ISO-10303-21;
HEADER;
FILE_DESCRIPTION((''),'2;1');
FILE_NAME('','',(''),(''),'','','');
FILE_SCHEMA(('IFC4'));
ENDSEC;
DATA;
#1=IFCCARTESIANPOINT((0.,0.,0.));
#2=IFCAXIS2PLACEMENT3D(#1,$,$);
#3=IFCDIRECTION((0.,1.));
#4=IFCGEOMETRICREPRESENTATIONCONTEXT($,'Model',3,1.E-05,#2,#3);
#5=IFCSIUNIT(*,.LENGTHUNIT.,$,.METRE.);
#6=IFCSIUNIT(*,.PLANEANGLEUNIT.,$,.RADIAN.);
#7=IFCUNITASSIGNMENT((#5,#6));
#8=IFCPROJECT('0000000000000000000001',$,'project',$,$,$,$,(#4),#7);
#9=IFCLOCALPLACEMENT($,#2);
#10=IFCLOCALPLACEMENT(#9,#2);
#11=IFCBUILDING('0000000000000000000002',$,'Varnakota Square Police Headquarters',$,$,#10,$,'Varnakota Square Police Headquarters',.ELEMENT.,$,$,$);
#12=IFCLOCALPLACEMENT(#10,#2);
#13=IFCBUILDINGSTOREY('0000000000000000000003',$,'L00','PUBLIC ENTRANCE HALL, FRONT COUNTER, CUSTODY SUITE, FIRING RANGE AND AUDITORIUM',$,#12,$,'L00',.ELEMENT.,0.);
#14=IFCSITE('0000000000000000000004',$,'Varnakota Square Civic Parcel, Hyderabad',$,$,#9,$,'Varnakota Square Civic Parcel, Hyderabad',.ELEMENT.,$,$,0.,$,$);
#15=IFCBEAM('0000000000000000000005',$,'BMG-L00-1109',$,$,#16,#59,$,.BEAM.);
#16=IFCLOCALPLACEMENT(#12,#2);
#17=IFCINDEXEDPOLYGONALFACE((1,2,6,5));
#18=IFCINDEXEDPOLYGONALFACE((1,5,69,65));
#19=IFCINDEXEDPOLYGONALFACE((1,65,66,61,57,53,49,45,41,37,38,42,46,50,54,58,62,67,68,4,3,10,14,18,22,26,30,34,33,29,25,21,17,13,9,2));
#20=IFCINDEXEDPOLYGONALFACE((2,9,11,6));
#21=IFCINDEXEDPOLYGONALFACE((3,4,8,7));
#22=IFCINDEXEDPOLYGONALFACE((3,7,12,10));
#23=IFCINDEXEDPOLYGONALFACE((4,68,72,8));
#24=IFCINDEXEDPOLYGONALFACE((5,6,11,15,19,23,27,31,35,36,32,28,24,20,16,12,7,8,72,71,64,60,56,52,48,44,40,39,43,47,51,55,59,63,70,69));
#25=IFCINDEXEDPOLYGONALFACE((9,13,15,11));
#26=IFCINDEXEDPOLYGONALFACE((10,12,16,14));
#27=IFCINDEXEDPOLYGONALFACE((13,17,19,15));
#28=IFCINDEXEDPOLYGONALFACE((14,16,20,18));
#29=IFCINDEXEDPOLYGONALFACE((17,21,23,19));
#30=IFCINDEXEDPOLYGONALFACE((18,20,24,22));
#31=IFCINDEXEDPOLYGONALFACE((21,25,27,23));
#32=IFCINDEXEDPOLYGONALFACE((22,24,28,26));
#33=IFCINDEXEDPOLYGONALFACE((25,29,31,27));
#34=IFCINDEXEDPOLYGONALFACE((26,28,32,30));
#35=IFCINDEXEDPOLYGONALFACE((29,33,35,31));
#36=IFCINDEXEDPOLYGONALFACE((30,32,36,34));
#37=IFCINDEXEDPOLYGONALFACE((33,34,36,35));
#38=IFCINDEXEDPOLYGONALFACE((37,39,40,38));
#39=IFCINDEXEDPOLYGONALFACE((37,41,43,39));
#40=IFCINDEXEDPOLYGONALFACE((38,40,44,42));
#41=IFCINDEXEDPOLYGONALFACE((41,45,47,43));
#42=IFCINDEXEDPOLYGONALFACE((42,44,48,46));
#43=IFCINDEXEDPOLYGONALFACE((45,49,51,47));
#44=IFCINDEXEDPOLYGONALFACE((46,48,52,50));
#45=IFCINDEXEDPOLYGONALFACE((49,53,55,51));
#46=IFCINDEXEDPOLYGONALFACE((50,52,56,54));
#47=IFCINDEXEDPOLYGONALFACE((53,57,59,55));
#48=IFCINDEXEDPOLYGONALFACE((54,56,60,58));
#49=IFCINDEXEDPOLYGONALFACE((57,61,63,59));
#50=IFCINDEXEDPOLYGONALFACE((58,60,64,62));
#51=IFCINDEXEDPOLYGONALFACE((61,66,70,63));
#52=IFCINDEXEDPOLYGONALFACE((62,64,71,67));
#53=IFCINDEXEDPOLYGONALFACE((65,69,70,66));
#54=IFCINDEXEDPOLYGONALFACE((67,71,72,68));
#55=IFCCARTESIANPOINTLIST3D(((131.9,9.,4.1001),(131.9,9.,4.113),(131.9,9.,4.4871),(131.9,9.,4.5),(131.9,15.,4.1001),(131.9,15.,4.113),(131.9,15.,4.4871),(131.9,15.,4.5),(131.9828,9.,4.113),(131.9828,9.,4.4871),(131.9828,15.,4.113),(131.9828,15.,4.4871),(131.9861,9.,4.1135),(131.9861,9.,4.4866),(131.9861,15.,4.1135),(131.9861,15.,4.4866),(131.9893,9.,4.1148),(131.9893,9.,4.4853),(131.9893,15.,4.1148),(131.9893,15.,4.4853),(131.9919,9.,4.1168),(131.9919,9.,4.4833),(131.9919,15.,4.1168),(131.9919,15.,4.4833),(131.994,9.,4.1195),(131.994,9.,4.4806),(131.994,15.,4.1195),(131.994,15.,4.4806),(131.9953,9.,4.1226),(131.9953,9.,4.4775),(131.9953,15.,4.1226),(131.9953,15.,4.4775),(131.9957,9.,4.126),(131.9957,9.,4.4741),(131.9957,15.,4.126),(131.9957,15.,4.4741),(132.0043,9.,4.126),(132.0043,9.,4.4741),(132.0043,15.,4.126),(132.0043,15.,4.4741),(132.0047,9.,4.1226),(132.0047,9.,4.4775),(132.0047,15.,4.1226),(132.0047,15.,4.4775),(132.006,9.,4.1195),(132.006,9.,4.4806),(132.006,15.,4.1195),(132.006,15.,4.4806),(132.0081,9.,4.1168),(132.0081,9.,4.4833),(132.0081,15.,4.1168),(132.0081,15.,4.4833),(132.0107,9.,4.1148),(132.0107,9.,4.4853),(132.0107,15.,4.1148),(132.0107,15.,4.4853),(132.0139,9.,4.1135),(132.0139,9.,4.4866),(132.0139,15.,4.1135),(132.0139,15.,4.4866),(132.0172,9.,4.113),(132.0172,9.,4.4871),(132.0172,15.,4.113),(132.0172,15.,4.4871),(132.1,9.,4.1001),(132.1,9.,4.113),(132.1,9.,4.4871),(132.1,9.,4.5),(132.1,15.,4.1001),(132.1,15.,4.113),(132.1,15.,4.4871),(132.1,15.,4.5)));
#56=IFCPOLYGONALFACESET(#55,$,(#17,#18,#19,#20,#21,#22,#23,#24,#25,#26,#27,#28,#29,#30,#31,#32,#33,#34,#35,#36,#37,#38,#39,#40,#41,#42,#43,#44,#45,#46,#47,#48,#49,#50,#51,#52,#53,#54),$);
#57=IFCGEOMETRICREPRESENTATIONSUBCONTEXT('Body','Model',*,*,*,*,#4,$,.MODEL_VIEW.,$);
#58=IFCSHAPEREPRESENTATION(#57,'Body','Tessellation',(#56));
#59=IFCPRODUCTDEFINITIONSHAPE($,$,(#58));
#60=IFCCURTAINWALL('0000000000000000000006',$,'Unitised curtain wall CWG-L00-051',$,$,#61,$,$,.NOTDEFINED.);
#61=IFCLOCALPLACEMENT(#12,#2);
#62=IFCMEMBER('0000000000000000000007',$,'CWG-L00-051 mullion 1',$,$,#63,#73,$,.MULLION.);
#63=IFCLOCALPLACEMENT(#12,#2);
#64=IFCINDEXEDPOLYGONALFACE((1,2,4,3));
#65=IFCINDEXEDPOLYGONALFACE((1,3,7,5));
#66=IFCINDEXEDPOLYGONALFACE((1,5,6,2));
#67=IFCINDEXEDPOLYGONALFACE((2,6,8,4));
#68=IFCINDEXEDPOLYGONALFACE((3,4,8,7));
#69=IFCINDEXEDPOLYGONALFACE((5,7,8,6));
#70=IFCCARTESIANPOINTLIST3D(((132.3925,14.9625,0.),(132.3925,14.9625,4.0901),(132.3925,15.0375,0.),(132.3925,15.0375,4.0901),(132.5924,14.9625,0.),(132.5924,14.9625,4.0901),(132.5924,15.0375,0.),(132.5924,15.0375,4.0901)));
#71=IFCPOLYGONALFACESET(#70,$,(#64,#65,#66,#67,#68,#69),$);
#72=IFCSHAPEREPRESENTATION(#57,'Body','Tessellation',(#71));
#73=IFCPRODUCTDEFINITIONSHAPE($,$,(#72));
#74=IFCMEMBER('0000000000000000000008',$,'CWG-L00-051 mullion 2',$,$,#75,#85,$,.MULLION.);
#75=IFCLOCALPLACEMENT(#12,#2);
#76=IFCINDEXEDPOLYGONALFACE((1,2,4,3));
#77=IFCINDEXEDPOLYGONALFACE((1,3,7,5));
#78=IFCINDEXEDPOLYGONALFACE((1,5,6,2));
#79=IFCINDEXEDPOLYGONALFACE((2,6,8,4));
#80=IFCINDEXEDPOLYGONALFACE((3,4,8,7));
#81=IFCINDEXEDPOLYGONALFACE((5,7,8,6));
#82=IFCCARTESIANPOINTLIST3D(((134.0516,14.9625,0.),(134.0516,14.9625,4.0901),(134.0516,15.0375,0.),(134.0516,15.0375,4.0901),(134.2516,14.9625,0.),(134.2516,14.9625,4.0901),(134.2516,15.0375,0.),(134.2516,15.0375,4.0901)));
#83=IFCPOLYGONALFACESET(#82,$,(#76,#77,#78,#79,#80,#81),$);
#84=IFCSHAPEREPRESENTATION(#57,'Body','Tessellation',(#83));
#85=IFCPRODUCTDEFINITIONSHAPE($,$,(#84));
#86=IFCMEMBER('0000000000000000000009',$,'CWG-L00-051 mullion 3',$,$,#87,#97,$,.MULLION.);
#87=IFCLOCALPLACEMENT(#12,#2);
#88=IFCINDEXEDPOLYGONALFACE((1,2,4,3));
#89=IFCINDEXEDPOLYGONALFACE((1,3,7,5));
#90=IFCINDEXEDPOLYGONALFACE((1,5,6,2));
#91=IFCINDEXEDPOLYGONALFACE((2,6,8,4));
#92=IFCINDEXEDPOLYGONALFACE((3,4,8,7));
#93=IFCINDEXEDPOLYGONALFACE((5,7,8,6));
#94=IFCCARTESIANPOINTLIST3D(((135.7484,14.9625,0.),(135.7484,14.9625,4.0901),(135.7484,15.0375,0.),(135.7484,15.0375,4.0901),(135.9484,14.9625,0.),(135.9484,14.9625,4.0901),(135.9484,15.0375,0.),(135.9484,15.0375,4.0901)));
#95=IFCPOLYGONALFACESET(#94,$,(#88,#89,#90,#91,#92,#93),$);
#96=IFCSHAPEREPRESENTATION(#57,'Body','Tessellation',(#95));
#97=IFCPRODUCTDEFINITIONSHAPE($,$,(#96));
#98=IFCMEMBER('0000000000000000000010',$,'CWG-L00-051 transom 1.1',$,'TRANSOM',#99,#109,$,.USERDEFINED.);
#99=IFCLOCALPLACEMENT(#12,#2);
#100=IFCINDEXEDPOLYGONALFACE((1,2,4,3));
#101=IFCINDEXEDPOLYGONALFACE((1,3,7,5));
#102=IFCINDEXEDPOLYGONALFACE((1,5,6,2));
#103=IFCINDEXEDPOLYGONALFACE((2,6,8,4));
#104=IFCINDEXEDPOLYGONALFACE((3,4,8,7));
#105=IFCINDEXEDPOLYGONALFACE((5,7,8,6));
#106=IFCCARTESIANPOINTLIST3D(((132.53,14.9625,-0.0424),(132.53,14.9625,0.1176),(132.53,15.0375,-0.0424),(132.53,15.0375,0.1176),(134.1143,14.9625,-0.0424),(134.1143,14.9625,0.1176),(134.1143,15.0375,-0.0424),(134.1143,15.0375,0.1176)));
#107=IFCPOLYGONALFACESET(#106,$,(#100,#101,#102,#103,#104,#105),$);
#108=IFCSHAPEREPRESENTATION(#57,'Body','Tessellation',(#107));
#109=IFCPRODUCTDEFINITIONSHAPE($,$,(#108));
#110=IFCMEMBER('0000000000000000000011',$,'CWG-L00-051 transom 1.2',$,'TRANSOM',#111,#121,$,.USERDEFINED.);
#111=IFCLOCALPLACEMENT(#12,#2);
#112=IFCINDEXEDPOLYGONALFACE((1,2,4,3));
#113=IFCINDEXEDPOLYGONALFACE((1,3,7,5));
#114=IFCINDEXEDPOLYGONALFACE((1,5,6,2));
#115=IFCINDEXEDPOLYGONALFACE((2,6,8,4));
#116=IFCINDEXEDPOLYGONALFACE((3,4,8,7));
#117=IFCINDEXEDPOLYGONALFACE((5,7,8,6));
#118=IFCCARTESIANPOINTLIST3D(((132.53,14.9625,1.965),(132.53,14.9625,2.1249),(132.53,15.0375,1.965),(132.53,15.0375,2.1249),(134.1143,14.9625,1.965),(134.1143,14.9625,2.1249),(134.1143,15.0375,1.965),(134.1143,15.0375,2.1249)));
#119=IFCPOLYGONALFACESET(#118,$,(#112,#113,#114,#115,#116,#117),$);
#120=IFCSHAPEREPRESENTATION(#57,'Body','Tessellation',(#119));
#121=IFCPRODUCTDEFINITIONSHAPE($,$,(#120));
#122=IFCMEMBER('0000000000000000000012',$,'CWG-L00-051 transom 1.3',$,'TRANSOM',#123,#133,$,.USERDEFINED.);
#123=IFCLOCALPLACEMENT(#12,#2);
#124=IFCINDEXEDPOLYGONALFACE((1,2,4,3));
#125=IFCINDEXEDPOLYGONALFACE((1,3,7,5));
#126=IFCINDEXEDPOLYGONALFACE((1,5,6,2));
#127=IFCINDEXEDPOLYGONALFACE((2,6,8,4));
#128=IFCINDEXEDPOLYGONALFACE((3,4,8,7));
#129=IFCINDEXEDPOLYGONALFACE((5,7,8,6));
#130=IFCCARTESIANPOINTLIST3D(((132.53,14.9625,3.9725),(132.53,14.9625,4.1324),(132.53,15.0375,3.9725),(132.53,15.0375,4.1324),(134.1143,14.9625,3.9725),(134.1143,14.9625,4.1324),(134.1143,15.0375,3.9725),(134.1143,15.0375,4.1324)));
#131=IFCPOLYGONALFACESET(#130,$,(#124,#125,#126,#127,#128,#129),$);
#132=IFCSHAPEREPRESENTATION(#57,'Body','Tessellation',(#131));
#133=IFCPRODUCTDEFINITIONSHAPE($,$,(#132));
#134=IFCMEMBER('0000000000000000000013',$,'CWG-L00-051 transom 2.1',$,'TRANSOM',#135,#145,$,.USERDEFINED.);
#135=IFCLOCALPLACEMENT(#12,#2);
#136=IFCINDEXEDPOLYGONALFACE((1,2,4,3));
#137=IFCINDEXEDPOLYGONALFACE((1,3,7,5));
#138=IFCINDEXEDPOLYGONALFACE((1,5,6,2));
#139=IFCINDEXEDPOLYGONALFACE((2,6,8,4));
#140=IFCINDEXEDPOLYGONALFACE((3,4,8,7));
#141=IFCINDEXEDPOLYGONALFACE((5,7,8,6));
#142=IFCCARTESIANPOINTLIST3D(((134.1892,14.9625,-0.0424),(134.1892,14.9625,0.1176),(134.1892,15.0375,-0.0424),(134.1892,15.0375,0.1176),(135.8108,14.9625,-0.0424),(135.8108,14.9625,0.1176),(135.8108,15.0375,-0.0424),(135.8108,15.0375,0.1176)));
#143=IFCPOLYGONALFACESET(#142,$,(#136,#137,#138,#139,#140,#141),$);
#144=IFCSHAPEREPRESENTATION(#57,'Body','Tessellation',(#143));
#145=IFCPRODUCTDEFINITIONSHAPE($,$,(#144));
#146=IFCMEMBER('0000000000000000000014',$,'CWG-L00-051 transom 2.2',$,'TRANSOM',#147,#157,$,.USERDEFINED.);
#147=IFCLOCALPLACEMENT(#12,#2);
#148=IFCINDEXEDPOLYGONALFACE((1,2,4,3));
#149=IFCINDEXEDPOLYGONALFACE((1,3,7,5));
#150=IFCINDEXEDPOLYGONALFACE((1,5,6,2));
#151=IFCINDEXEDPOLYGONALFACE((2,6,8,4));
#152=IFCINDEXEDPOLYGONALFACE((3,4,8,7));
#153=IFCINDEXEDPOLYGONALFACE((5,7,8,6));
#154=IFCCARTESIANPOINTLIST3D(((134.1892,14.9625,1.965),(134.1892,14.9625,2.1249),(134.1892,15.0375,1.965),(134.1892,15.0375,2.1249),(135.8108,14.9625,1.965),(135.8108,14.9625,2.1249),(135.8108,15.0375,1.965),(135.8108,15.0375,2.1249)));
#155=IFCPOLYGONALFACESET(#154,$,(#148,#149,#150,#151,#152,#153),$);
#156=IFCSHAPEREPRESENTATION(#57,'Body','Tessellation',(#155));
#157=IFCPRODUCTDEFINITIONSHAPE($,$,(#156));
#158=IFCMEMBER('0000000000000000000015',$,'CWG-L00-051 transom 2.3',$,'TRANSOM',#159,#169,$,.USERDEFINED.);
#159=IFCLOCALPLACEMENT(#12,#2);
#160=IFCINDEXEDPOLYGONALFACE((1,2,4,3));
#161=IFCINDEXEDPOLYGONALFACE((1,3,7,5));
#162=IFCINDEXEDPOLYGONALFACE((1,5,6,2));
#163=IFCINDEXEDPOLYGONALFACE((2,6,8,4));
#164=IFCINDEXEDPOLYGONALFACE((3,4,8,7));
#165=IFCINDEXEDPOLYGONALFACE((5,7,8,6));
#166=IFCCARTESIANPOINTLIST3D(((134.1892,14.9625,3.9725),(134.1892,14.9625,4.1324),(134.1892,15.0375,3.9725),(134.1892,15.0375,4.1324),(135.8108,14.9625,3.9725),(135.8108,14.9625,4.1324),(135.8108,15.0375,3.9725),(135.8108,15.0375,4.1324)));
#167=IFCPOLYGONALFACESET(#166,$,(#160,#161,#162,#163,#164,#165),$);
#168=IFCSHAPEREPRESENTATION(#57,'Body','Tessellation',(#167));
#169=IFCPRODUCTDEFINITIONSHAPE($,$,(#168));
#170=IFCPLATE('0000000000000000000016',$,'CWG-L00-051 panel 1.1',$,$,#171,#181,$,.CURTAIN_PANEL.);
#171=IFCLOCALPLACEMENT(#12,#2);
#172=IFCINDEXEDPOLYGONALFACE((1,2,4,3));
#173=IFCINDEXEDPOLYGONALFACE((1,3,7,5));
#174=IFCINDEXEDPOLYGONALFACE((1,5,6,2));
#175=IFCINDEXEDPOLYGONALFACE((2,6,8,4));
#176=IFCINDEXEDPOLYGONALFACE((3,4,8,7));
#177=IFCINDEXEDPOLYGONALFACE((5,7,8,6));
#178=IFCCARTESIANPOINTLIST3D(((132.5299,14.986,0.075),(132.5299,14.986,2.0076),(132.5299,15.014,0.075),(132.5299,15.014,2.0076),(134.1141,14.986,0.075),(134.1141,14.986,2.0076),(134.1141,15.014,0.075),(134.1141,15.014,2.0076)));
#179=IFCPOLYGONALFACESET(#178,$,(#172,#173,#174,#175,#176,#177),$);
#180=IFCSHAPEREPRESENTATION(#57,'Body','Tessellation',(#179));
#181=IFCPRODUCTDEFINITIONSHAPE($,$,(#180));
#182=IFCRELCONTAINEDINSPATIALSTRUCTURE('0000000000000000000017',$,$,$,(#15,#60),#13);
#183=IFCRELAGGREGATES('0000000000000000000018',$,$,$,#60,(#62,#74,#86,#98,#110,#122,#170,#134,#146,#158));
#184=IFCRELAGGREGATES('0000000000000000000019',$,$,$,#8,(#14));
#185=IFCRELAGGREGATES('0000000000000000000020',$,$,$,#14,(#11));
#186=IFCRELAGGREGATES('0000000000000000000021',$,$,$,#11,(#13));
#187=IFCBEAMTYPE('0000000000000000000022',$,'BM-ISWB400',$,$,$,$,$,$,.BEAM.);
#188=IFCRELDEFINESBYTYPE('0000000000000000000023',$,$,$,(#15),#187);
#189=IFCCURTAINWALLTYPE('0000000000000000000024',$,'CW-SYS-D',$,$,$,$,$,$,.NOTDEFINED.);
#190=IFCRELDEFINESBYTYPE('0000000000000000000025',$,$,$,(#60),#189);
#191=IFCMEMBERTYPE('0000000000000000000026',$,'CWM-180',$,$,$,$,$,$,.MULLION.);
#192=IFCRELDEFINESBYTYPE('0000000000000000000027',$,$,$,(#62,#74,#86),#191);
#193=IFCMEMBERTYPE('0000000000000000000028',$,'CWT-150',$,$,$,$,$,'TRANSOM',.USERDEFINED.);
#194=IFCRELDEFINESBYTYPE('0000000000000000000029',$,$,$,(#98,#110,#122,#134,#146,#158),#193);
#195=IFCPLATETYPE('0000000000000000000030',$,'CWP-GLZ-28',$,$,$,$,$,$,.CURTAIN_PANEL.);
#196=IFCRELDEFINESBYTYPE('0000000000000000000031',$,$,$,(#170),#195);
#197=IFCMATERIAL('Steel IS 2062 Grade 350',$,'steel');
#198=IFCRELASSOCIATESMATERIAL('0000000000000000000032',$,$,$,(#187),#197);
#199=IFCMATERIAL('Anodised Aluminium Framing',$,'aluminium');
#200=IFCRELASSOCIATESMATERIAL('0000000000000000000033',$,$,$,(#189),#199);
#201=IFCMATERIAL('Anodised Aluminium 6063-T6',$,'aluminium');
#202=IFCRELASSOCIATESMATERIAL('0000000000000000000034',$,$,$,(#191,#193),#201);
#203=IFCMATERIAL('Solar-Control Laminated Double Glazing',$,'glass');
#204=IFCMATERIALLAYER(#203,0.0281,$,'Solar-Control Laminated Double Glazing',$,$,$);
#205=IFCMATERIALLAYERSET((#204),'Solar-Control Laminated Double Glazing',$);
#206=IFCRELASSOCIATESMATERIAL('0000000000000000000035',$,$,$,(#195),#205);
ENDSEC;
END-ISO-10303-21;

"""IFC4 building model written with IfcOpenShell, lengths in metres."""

from ifc_helpers import new_model, si_unit, direction, frame, origin, origin_2d, place, context, subcontext, project, spatial, rectangle, i_section, extrude, material, layer, layer_set, material_profile, profile_set, type_object, element, aggregate, save


model = new_model("IFC4")

# Units and contexts
model_context = context("Model", 3, precision=1e-05, world=origin(), true_north=direction((0.0, 1.0)))
body_context = subcontext(model_context, "Body", "Model", "MODEL_VIEW")
ifc_project = project(units=[si_unit("LENGTHUNIT", "METRE"), si_unit("PLANEANGLEUNIT", "RADIAN")], contexts=[model_context])

# Site, building, storey
site_placement = place(None, origin())
site = spatial("IfcSite", under=ifc_project, at=site_placement, Name="Varnakota Square Civic Parcel, Hyderabad", LongName="Varnakota Square Civic Parcel, Hyderabad", CompositionType="ELEMENT", RefElevation=0.0)
building_placement = place(site_placement, origin())
building = spatial("IfcBuilding", under=site, at=building_placement, Name="Varnakota Square Police Headquarters", LongName="Varnakota Square Police Headquarters", CompositionType="ELEMENT")
storey_placement = place(building_placement, origin())
storey = spatial("IfcBuildingStorey", under=building, at=storey_placement, Name="L00", Description="PUBLIC ENTRANCE HALL, FRONT COUNTER, CUSTODY SUITE, FIRING RANGE AND AUDITORIUM", LongName="L00", CompositionType="ELEMENT", Elevation=0.0)

# Beam
ifc_material_1 = material(Name="Steel IS 2062 Grade 350", Category="steel")
ifc_material_profile_1 = material_profile(ifc_material_1, i_section(OverallWidth=0.2, OverallDepth=0.3999, WebThickness=0.0085, FlangeThickness=0.0129, FilletRadius=0.0129, at=origin_2d()), Name="ISWB 400")
ifc_profile_set_1 = profile_set([ifc_material_profile_1], Name="Steel IS 2062 Grade 350")
beam_type_1 = type_object("IfcBeamType", Name="BM-ISWB400", PredefinedType="BEAM", material=ifc_profile_set_1)
beam_1_placement = place(storey_placement, frame((132.0, 9.0, 4.3), z_axis=(0.0, 1.0, 0.0), x_axis=(-1.0, 0.0, 0.0)))
element("IfcBeam", 1, at=beam_1_placement, inside=storey, type_object=beam_type_1, Name="BMG-L00-1109", PredefinedType="BEAM", context=body_context, shape_type="SweptSolid", body=[
    extrude(i_section(OverallWidth=0.2, OverallDepth=0.3999, WebThickness=0.0085, FlangeThickness=0.0129, FilletRadius=0.0129, at=origin_2d()), origin(), (0.0, 0.0, 1.0), 6.0),
])

# Curtain wall, members, plate
ifc_material_2 = material(Name="Anodised Aluminium Framing", Category="aluminium")
curtain_wall_type = type_object("IfcCurtainWallType", Name="CW-SYS-D", PredefinedType="NOTDEFINED", material=ifc_material_2)
curtain_wall_placement = place(storey_placement, origin())
curtain_wall = element("IfcCurtainWall", 2, at=curtain_wall_placement, inside=storey, type_object=curtain_wall_type, Name="Unitised curtain wall CWG-L00-051", PredefinedType="NOTDEFINED")
ifc_material_3 = material(Name="Anodised Aluminium 6063-T6", Category="aluminium")
ifc_material_profile_2 = material_profile(ifc_material_3, rectangle(XDim=0.075, YDim=0.2, at=origin_2d()), Name="ALU MULLION 75x200")
ifc_profile_set_2 = profile_set([ifc_material_profile_2], Name="Anodised Aluminium 6063-T6")
member_type_1 = type_object("IfcMemberType", Name="CWM-180", PredefinedType="MULLION", material=ifc_profile_set_2)
member_1_placement = place(storey_placement, frame((132.4924, 15.0, 0.0), z_axis=(0.0, 0.0, 1.0), x_axis=(0.0, 1.0, 0.0)))
member_1 = element("IfcMember", 3, at=member_1_placement, type_object=member_type_1, Name="CWG-L00-051 mullion 1", PredefinedType="MULLION", context=body_context, shape_type="SweptSolid", body=[
    extrude(rectangle(XDim=0.075, YDim=0.2, at=origin_2d()), origin(), (0.0, 0.0, 1.0), 4.0901),
])
member_2_placement = place(storey_placement, frame((134.1516, 15.0, 0.0), z_axis=(0.0, 0.0, 1.0), x_axis=(0.0, 1.0, 0.0)))
member_2 = element("IfcMember", 4, at=member_2_placement, type_object=member_type_1, Name="CWG-L00-051 mullion 2", PredefinedType="MULLION", context=body_context, shape_type="SweptSolid", body=[
    extrude(rectangle(XDim=0.075, YDim=0.2, at=origin_2d()), origin(), (0.0, 0.0, 1.0), 4.0901),
])
member_3_placement = place(storey_placement, frame((135.8484, 15.0, 0.0), z_axis=(0.0, 0.0, 1.0), x_axis=(0.0, 1.0, 0.0)))
member_3 = element("IfcMember", 5, at=member_3_placement, type_object=member_type_1, Name="CWG-L00-051 mullion 3", PredefinedType="MULLION", context=body_context, shape_type="SweptSolid", body=[
    extrude(rectangle(XDim=0.075, YDim=0.2, at=origin_2d()), origin(), (0.0, 0.0, 1.0), 4.0901),
])
ifc_material_profile_3 = material_profile(ifc_material_3, rectangle(XDim=0.075, YDim=0.1599, at=origin_2d()), Name="ALU TRANSOM 75x160")
ifc_profile_set_3 = profile_set([ifc_material_profile_3], Name="Anodised Aluminium 6063-T6")
member_type_2 = type_object("IfcMemberType", Name="CWT-150", ElementType="TRANSOM", PredefinedType="USERDEFINED", material=ifc_profile_set_3)
member_4_placement = place(storey_placement, frame((132.53, 15.0, 0.0376), z_axis=(1.0, 0.0, 0.0), x_axis=(0.0, 1.0, 0.0)))
member_4 = element("IfcMember", 6, at=member_4_placement, type_object=member_type_2, Name="CWG-L00-051 transom 1.1", ObjectType="TRANSOM", PredefinedType="USERDEFINED", context=body_context, shape_type="SweptSolid", body=[
    extrude(rectangle(XDim=0.075, YDim=0.1599, at=origin_2d()), origin(), (0.0, 0.0, 1.0), 1.5842),
])
member_5_placement = place(storey_placement, frame((132.53, 15.0, 2.0449), z_axis=(1.0, 0.0, 0.0), x_axis=(0.0, 1.0, 0.0)))
member_5 = element("IfcMember", 7, at=member_5_placement, type_object=member_type_2, Name="CWG-L00-051 transom 1.2", ObjectType="TRANSOM", PredefinedType="USERDEFINED", context=body_context, shape_type="SweptSolid", body=[
    extrude(rectangle(XDim=0.075, YDim=0.1599, at=origin_2d()), origin(), (0.0, 0.0, 1.0), 1.5842),
])
member_6_placement = place(storey_placement, frame((132.53, 15.0, 4.0525), z_axis=(1.0, 0.0, 0.0), x_axis=(0.0, 1.0, 0.0)))
member_6 = element("IfcMember", 8, at=member_6_placement, type_object=member_type_2, Name="CWG-L00-051 transom 1.3", ObjectType="TRANSOM", PredefinedType="USERDEFINED", context=body_context, shape_type="SweptSolid", body=[
    extrude(rectangle(XDim=0.075, YDim=0.1599, at=origin_2d()), origin(), (0.0, 0.0, 1.0), 1.5842),
])
member_7_placement = place(storey_placement, frame((134.1892, 15.0, 0.0376), z_axis=(1.0, 0.0, 0.0), x_axis=(0.0, 1.0, 0.0)))
member_7 = element("IfcMember", 9, at=member_7_placement, type_object=member_type_2, Name="CWG-L00-051 transom 2.1", ObjectType="TRANSOM", PredefinedType="USERDEFINED", context=body_context, shape_type="SweptSolid", body=[
    extrude(rectangle(XDim=0.075, YDim=0.1599, at=origin_2d()), origin(), (0.0, 0.0, 1.0), 1.6216),
])
member_8_placement = place(storey_placement, frame((134.1892, 15.0, 2.0449), z_axis=(1.0, 0.0, 0.0), x_axis=(0.0, 1.0, 0.0)))
member_8 = element("IfcMember", 10, at=member_8_placement, type_object=member_type_2, Name="CWG-L00-051 transom 2.2", ObjectType="TRANSOM", PredefinedType="USERDEFINED", context=body_context, shape_type="SweptSolid", body=[
    extrude(rectangle(XDim=0.075, YDim=0.1599, at=origin_2d()), origin(), (0.0, 0.0, 1.0), 1.6216),
])
member_9_placement = place(storey_placement, frame((134.1892, 15.0, 4.0525), z_axis=(1.0, 0.0, 0.0), x_axis=(0.0, 1.0, 0.0)))
member_9 = element("IfcMember", 11, at=member_9_placement, type_object=member_type_2, Name="CWG-L00-051 transom 2.3", ObjectType="TRANSOM", PredefinedType="USERDEFINED", context=body_context, shape_type="SweptSolid", body=[
    extrude(rectangle(XDim=0.075, YDim=0.1599, at=origin_2d()), origin(), (0.0, 0.0, 1.0), 1.6216),
])
ifc_material_4 = material(Name="Solar-Control Laminated Double Glazing", Category="glass")
ifc_layer_1 = layer(ifc_material_4, 0.0281, Name="Solar-Control Laminated Double Glazing")
ifc_layer_set_1 = layer_set([ifc_layer_1], Name="Solar-Control Laminated Double Glazing")
plate_type_1 = type_object("IfcPlateType", Name="CWP-GLZ-28", PredefinedType="CURTAIN_PANEL", material=ifc_layer_set_1)
plate_1_placement = place(storey_placement, frame((133.322, 15.0, 0.075), z_axis=(0.0, 0.0, 1.0), x_axis=(1.0, 0.0, 0.0)))
plate_1 = element("IfcPlate", 12, at=plate_1_placement, type_object=plate_type_1, Name="CWG-L00-051 panel 1.1", PredefinedType="CURTAIN_PANEL", context=body_context, shape_type="SweptSolid", body=[
    extrude(rectangle(XDim=1.5842, YDim=0.0281, at=origin_2d()), origin(), (0.0, 0.0, 1.0), 1.9326),
])
aggregate(curtain_wall, [member_1, member_2, member_3, member_4, member_5, member_6, plate_1, member_7, member_8, member_9])

save(model, "model.ifc")
